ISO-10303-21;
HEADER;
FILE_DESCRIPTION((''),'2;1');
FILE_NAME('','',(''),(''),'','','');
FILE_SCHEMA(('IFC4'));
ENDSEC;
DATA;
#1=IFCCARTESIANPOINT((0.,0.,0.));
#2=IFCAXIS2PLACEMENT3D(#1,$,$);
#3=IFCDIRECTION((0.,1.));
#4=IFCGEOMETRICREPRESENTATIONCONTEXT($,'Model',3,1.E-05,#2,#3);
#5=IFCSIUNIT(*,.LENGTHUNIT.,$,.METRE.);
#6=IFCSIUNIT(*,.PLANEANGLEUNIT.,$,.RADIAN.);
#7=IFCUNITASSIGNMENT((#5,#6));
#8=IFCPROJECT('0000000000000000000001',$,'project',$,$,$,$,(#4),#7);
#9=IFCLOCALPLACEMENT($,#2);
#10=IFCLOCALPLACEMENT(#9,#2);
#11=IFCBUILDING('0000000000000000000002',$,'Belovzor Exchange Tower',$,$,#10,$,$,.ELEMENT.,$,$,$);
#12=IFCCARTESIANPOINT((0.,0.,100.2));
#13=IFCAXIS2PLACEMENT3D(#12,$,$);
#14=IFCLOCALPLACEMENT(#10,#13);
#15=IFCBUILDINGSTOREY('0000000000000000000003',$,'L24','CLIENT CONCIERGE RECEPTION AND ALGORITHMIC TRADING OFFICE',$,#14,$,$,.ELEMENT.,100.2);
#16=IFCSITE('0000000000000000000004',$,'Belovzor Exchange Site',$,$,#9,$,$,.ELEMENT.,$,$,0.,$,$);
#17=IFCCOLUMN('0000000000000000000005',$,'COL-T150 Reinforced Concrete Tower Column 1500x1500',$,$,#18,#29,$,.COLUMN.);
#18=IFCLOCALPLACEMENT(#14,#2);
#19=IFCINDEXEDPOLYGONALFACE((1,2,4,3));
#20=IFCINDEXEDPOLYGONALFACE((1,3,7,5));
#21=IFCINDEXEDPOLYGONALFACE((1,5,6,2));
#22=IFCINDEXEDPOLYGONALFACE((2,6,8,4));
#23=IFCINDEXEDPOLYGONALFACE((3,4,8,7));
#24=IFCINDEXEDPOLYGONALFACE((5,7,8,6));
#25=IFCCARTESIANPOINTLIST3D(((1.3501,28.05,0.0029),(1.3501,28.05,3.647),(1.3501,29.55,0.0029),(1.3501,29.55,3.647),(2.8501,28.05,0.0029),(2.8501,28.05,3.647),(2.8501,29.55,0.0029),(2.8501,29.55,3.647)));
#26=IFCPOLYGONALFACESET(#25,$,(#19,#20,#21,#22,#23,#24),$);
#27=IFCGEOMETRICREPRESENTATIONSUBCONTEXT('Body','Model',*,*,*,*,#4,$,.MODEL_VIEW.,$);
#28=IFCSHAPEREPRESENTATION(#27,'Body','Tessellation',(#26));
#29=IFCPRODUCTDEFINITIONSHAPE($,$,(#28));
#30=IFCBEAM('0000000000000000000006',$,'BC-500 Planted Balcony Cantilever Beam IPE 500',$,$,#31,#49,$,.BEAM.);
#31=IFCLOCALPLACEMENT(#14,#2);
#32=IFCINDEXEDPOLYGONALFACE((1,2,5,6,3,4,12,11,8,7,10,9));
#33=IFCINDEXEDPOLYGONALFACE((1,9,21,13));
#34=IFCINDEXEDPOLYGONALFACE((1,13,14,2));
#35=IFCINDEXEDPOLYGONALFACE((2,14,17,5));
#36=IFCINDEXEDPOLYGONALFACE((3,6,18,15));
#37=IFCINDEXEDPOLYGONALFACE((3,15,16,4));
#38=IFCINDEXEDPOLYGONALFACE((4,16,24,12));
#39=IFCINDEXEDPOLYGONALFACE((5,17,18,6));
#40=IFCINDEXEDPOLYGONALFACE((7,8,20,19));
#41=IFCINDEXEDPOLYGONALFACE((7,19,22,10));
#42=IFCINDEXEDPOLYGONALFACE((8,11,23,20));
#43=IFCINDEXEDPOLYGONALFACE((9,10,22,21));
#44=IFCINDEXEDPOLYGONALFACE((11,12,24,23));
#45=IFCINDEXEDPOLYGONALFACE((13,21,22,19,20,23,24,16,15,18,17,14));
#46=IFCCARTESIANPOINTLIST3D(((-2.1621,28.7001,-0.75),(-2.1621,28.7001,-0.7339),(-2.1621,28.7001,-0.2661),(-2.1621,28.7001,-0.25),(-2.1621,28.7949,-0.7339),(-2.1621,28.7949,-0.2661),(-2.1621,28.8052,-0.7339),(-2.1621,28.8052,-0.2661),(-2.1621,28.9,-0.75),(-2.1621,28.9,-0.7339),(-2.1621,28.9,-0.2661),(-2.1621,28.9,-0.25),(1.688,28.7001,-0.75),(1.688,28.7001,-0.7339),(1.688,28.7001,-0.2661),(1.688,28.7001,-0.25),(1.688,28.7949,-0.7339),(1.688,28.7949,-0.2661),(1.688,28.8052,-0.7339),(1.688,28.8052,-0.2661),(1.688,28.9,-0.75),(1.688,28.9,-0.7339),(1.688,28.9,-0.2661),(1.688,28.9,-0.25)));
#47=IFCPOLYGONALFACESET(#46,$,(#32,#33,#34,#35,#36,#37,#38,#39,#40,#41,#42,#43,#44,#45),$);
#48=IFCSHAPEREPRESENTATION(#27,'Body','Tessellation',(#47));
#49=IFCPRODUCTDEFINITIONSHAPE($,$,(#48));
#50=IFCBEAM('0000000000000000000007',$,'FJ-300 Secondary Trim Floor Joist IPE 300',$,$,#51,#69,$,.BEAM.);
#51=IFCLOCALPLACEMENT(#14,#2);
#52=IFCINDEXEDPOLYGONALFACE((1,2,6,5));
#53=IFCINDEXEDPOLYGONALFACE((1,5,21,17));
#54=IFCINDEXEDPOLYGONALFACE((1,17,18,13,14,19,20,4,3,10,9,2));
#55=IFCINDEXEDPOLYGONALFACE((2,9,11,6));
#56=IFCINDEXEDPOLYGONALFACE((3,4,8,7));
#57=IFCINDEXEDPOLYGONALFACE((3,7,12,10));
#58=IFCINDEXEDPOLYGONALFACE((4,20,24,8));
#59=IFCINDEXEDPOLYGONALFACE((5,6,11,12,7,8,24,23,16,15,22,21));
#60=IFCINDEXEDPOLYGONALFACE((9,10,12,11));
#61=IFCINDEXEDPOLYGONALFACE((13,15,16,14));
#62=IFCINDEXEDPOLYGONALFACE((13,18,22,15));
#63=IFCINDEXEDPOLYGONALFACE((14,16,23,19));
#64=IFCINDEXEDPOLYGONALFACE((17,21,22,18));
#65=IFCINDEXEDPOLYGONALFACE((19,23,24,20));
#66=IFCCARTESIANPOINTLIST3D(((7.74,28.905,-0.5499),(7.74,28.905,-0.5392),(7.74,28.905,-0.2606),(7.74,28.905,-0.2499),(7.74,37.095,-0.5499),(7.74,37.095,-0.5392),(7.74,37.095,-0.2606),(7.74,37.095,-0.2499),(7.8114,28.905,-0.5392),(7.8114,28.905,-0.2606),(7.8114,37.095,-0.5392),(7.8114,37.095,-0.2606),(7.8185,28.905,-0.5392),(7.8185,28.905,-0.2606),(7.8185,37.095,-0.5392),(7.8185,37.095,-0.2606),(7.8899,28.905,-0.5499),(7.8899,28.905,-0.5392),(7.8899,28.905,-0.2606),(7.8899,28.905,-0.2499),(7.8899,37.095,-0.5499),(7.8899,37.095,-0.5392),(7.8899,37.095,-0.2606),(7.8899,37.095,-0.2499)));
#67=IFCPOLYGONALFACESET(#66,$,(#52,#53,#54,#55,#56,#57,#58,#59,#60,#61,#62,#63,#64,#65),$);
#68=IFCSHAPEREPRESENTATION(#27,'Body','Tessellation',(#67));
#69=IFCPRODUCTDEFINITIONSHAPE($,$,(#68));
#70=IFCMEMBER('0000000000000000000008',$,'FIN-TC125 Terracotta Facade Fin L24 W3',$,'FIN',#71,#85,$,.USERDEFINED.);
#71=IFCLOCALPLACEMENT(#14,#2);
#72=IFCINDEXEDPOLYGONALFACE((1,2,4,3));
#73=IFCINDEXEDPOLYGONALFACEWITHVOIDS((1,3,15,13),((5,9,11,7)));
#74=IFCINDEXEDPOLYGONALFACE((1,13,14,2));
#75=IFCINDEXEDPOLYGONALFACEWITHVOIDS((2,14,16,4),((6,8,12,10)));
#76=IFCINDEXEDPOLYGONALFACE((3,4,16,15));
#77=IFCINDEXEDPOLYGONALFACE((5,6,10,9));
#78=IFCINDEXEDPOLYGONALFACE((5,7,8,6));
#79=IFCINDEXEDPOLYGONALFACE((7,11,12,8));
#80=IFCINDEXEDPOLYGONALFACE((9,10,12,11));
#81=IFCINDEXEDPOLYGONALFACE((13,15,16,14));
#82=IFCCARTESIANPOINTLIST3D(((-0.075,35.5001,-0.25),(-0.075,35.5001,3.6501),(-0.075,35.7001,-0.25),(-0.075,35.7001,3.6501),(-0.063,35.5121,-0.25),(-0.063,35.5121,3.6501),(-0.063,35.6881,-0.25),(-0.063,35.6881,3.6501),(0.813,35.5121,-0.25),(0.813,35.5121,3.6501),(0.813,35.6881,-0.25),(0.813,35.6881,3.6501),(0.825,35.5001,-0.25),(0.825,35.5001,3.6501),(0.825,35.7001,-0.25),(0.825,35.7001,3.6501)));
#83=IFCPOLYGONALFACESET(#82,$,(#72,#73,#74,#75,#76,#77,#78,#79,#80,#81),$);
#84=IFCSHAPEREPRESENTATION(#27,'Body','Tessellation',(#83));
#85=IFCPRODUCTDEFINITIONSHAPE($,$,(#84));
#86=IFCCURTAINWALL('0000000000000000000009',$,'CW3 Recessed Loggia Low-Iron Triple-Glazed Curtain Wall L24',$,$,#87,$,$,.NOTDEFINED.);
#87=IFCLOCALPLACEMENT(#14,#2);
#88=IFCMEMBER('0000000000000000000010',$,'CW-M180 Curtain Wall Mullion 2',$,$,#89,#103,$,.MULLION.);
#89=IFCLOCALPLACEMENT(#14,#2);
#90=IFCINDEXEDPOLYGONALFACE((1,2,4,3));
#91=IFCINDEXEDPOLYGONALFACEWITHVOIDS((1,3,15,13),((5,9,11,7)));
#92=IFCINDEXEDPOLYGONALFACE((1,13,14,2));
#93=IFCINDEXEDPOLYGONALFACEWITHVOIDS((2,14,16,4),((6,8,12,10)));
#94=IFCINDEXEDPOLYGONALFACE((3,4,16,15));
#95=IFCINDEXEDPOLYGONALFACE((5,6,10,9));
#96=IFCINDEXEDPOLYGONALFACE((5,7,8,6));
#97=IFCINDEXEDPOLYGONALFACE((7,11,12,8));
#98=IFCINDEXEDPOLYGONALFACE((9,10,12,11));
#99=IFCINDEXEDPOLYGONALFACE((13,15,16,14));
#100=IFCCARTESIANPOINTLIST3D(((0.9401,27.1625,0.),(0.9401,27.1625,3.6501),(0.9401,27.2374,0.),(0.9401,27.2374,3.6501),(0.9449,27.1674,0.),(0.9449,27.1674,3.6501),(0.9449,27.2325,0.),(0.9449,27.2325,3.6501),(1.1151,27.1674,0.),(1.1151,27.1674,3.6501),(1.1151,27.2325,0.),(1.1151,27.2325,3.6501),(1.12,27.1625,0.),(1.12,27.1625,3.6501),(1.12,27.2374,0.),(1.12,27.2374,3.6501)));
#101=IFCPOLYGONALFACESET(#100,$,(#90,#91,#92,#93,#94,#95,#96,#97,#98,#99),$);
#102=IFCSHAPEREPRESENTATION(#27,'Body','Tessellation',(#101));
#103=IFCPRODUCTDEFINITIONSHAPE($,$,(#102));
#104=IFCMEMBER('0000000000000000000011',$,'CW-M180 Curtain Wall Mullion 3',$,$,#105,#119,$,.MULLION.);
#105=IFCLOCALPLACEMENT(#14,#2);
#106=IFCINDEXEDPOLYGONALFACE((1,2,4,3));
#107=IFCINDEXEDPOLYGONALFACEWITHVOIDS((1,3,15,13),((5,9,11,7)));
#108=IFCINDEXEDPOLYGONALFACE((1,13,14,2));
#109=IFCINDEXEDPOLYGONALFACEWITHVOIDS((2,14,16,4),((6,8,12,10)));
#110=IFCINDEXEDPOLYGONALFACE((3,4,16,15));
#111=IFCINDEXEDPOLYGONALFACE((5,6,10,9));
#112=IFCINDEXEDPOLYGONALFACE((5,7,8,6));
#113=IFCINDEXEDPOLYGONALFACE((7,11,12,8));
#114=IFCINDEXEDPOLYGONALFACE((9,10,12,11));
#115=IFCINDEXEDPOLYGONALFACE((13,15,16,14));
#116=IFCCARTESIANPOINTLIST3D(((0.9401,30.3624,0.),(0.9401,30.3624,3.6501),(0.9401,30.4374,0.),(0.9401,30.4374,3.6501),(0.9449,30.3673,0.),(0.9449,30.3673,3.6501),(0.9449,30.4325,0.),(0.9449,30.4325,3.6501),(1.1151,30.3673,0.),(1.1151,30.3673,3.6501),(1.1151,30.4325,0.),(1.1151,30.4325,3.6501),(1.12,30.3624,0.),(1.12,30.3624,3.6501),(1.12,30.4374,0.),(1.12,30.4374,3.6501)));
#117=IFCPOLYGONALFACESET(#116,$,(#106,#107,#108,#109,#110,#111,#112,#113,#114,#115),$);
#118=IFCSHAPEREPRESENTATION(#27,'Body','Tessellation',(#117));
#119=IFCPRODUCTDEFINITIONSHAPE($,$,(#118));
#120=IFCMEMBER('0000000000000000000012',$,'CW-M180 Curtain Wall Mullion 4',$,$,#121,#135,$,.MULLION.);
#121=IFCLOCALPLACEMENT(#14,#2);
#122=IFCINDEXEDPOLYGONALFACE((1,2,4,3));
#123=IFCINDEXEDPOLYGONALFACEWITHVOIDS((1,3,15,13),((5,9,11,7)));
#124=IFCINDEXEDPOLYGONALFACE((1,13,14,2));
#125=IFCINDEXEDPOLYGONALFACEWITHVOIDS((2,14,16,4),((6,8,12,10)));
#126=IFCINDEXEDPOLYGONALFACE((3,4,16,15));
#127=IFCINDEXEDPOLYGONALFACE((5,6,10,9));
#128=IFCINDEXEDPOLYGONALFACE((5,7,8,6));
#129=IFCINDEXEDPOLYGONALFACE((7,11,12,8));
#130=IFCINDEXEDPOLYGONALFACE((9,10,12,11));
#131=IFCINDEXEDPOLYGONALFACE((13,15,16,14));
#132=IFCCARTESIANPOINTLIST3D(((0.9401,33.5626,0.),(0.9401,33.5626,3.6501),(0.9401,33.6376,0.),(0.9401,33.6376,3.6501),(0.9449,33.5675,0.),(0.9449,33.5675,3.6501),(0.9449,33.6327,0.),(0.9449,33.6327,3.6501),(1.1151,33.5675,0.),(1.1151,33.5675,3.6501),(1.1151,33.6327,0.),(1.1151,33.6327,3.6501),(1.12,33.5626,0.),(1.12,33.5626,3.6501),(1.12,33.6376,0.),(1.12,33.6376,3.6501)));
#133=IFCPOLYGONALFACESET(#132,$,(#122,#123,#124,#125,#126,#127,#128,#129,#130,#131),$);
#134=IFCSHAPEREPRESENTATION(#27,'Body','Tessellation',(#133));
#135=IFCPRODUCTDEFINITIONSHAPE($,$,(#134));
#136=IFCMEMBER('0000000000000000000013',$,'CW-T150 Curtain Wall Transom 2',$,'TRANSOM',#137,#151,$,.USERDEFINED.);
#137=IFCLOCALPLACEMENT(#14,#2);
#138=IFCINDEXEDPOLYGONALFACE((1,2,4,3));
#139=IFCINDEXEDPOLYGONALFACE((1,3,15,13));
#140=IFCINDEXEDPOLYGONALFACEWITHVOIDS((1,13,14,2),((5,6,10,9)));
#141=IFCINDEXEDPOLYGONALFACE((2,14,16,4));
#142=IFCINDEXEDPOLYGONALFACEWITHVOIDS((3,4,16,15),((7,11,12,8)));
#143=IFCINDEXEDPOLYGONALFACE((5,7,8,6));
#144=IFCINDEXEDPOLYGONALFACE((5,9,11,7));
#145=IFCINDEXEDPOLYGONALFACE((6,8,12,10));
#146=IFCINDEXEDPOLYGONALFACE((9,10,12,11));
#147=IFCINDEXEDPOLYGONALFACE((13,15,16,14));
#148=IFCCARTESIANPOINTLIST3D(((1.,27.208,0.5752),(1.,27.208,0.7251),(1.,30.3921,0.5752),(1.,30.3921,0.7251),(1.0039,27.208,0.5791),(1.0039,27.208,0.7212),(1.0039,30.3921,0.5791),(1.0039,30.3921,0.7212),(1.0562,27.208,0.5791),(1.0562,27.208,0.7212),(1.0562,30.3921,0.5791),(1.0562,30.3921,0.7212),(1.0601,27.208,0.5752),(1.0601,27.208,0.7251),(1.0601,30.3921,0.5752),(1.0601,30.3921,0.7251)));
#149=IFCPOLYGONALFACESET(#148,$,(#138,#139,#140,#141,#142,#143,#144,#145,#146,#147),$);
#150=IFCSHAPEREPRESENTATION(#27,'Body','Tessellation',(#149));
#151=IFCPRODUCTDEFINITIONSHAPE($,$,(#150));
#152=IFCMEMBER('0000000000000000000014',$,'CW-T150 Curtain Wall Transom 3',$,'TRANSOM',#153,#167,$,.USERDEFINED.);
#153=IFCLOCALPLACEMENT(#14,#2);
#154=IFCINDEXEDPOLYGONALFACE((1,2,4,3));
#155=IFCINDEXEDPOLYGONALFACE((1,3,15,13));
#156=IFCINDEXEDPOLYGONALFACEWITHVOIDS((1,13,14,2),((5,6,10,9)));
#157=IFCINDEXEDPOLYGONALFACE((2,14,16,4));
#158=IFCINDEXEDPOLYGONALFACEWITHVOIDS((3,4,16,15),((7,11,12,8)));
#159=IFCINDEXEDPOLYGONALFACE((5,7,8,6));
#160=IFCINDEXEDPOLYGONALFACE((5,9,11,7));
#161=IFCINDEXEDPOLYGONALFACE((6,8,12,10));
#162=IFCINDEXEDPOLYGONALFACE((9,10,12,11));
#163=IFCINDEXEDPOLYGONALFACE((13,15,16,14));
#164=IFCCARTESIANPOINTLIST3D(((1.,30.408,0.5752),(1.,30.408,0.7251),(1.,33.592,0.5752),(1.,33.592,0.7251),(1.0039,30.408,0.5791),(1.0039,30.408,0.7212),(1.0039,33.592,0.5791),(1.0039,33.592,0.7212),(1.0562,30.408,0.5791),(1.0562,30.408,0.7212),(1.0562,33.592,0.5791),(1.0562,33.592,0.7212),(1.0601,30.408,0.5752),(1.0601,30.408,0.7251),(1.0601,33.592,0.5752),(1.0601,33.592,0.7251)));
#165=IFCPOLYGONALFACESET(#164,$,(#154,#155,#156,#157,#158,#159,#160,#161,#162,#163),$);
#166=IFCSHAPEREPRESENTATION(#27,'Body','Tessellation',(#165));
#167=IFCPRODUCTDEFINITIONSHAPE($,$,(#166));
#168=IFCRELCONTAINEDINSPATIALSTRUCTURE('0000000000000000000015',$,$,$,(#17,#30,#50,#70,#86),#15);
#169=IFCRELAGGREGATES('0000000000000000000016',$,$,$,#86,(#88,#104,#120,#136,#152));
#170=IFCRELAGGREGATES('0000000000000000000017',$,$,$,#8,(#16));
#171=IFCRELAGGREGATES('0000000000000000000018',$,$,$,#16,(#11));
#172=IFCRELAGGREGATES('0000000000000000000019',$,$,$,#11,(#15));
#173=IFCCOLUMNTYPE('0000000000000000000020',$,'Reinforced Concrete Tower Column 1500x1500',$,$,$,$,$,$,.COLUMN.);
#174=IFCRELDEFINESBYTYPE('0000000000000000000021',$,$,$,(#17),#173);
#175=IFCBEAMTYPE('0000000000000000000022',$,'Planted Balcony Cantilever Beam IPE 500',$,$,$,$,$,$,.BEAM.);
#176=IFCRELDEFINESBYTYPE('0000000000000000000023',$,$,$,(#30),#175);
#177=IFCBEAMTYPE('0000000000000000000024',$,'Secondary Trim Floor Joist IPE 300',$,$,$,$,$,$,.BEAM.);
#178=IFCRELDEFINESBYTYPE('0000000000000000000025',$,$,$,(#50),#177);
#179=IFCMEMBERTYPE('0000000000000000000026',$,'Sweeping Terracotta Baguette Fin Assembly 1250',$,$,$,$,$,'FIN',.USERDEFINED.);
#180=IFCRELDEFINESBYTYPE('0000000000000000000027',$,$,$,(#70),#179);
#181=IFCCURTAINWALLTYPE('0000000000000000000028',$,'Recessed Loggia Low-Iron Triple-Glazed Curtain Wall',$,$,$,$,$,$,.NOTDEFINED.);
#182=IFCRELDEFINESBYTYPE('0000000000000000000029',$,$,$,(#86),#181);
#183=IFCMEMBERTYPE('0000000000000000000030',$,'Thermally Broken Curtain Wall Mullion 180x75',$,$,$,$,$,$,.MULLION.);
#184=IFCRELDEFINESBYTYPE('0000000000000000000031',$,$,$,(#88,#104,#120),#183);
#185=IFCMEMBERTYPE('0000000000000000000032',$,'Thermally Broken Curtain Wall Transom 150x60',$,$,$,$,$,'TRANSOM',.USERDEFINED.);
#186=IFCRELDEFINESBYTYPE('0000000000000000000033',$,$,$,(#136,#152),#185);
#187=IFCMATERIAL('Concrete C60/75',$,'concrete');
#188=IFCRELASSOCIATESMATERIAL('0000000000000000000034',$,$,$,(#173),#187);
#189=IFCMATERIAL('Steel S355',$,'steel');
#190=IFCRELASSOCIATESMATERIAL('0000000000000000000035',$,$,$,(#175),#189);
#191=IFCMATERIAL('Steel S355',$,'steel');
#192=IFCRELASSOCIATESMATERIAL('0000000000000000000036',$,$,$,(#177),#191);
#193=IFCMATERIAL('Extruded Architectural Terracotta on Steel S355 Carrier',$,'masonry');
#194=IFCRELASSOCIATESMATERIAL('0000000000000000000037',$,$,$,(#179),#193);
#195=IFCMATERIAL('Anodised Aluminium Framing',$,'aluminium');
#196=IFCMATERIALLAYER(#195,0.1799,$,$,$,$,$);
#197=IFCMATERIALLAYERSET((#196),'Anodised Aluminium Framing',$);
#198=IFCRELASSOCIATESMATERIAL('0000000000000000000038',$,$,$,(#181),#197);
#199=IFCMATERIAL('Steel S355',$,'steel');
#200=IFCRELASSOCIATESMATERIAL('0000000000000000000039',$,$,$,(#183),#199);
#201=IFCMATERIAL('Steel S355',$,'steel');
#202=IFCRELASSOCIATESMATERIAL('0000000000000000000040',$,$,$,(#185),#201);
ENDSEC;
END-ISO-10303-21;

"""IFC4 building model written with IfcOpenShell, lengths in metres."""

from ifc_helpers import new_model, si_unit, direction, frame, origin, origin_2d, place, context, subcontext, project, spatial, rectangle, hollow_rectangle, i_section, extrude, material, layer, layer_set, material_profile, profile_set, type_object, element, aggregate, save


model = new_model("IFC4")

# Units and contexts
model_context = context("Model", 3, precision=1e-05, world=origin(), true_north=direction((0.0, 1.0)))
body_context = subcontext(model_context, "Body", "Model", "MODEL_VIEW")
ifc_project = project(units=[si_unit("LENGTHUNIT", "METRE"), si_unit("PLANEANGLEUNIT", "RADIAN")], contexts=[model_context])

# Site, building, storey
site_placement = place(None, origin())
site = spatial("IfcSite", under=ifc_project, at=site_placement, Name="Belovzor Exchange Site", CompositionType="ELEMENT", RefElevation=0.0)
building_placement = place(site_placement, origin())
building = spatial("IfcBuilding", under=site, at=building_placement, Name="Belovzor Exchange Tower", CompositionType="ELEMENT")
storey_placement = place(building_placement, frame((0.0, 0.0, 100.2)))
storey = spatial("IfcBuildingStorey", under=building, at=storey_placement, Name="L24", Description="CLIENT CONCIERGE RECEPTION AND ALGORITHMIC TRADING OFFICE", CompositionType="ELEMENT", Elevation=100.2)

# Column
ifc_material_1 = material(Name="Concrete C60/75", Category="concrete")
ifc_material_profile_1 = material_profile(ifc_material_1, rectangle(XDim=1.5, YDim=1.5, at=origin_2d()))
ifc_profile_set_1 = profile_set([ifc_material_profile_1], Name="Concrete C60/75")
column_type = type_object("IfcColumnType", Name="Reinforced Concrete Tower Column 1500x1500", PredefinedType="COLUMN", material=ifc_profile_set_1)
column_placement = place(storey_placement, frame((2.1001, 28.8, 0.0029), z_axis=(0.0, 0.0, 1.0), x_axis=(1.0, 0.0, 0.0)))
element("IfcColumn", 1, at=column_placement, inside=storey, type_object=column_type, Name="COL-T150 Reinforced Concrete Tower Column 1500x1500", PredefinedType="COLUMN", context=body_context, shape_type="SweptSolid", body=[
    extrude(rectangle(XDim=1.5, YDim=1.5, at=origin_2d()), origin(), (0.0, 0.0, 1.0), 3.644),
])

# Beams
ifc_material_2 = material(Name="Steel S355", Category="steel")
ifc_material_profile_2 = material_profile(ifc_material_2, i_section(OverallWidth=0.2, OverallDepth=0.5, WebThickness=0.0103, FlangeThickness=0.0161, at=origin_2d()))
ifc_profile_set_2 = profile_set([ifc_material_profile_2], Name="Steel S355")
beam_type_1 = type_object("IfcBeamType", Name="Planted Balcony Cantilever Beam IPE 500", PredefinedType="BEAM", material=ifc_profile_set_2)
beam_1_placement = place(storey_placement, frame((1.688, 28.8, -0.5), z_axis=(-1.0, 0.0, 0.0), x_axis=(0.0, -1.0, 0.0)))
element("IfcBeam", 2, at=beam_1_placement, inside=storey, type_object=beam_type_1, Name="BC-500 Planted Balcony Cantilever Beam IPE 500", PredefinedType="BEAM", context=body_context, shape_type="SweptSolid", body=[
    extrude(i_section(OverallWidth=0.2, OverallDepth=0.5, WebThickness=0.0103, FlangeThickness=0.0161, at=origin_2d()), origin(), (0.0, 0.0, 1.0), 3.8501),
])
ifc_material_3 = material(Name="Steel S355", Category="steel")
ifc_material_profile_3 = material_profile(ifc_material_3, i_section(OverallWidth=0.1499, OverallDepth=0.3, WebThickness=0.0071, FlangeThickness=0.0107, at=origin_2d()))
ifc_profile_set_3 = profile_set([ifc_material_profile_3], Name="Steel S355")
beam_type_2 = type_object("IfcBeamType", Name="Secondary Trim Floor Joist IPE 300", PredefinedType="BEAM", material=ifc_profile_set_3)
beam_2_placement = place(storey_placement, frame((7.8149, 28.905, -0.3999), z_axis=(0.0, 1.0, 0.0), x_axis=(-1.0, 0.0, 0.0)))
element("IfcBeam", 3, at=beam_2_placement, inside=storey, type_object=beam_type_2, Name="FJ-300 Secondary Trim Floor Joist IPE 300", PredefinedType="BEAM", context=body_context, shape_type="SweptSolid", body=[
    extrude(i_section(OverallWidth=0.1499, OverallDepth=0.3, WebThickness=0.0071, FlangeThickness=0.0107, at=origin_2d()), origin(), (0.0, 0.0, 1.0), 8.1899),
])

# Member
ifc_material_4 = material(Name="Extruded Architectural Terracotta on Steel S355 Carrier", Category="masonry")
ifc_material_profile_4 = material_profile(ifc_material_4, hollow_rectangle(XDim=0.2, YDim=0.8999, WallThickness=0.012, at=origin_2d()))
ifc_profile_set_4 = profile_set([ifc_material_profile_4], Name="Extruded Architectural Terracotta on Steel S355 Carrier")
member_type_1 = type_object("IfcMemberType", Name="Sweeping Terracotta Baguette Fin Assembly 1250", ElementType="FIN", PredefinedType="USERDEFINED", material=ifc_profile_set_4)
member_1_placement = place(storey_placement, frame((0.375, 35.6001, -0.25), z_axis=(0.0, 0.0, 1.0), x_axis=(0.0, 1.0, 0.0)))
element("IfcMember", 4, at=member_1_placement, inside=storey, type_object=member_type_1, Name="FIN-TC125 Terracotta Facade Fin L24 W3", ObjectType="FIN", PredefinedType="USERDEFINED", context=body_context, shape_type="SweptSolid", body=[
    extrude(hollow_rectangle(XDim=0.2, YDim=0.8999, WallThickness=0.012, at=origin_2d()), origin(), (0.0, 0.0, 1.0), 3.9001),
])

# Curtain wall, members
ifc_material_5 = material(Name="Anodised Aluminium Framing", Category="aluminium")
ifc_layer_1 = layer(ifc_material_5, 0.1799)
ifc_layer_set_1 = layer_set([ifc_layer_1], Name="Anodised Aluminium Framing")
curtain_wall_type = type_object("IfcCurtainWallType", Name="Recessed Loggia Low-Iron Triple-Glazed Curtain Wall", PredefinedType="NOTDEFINED", material=ifc_layer_set_1)
curtain_wall_placement = place(storey_placement, origin())
curtain_wall = element("IfcCurtainWall", 5, at=curtain_wall_placement, inside=storey, type_object=curtain_wall_type, Name="CW3 Recessed Loggia Low-Iron Triple-Glazed Curtain Wall L24", PredefinedType="NOTDEFINED")
ifc_material_6 = material(Name="Steel S355", Category="steel")
ifc_material_profile_5 = material_profile(ifc_material_6, hollow_rectangle(XDim=0.075, YDim=0.1799, WallThickness=0.0049, at=origin_2d()))
ifc_profile_set_5 = profile_set([ifc_material_profile_5], Name="Steel S355")
member_type_2 = type_object("IfcMemberType", Name="Thermally Broken Curtain Wall Mullion 180x75", PredefinedType="MULLION", material=ifc_profile_set_5)
member_2_placement = place(storey_placement, frame((1.03, 27.2, 0.0), z_axis=(0.0, 0.0, 1.0), x_axis=(0.0, 1.0, 0.0)))
member_2 = element("IfcMember", 6, at=member_2_placement, type_object=member_type_2, Name="CW-M180 Curtain Wall Mullion 2", PredefinedType="MULLION", context=body_context, shape_type="SweptSolid", body=[
    extrude(hollow_rectangle(XDim=0.075, YDim=0.1799, WallThickness=0.0049, at=origin_2d()), origin(), (0.0, 0.0, 1.0), 3.6501),
])
member_3_placement = place(storey_placement, frame((1.03, 30.3999, 0.0), z_axis=(0.0, 0.0, 1.0), x_axis=(0.0, 1.0, 0.0)))
member_3 = element("IfcMember", 7, at=member_3_placement, type_object=member_type_2, Name="CW-M180 Curtain Wall Mullion 3", PredefinedType="MULLION", context=body_context, shape_type="SweptSolid", body=[
    extrude(hollow_rectangle(XDim=0.075, YDim=0.1799, WallThickness=0.0049, at=origin_2d()), origin(), (0.0, 0.0, 1.0), 3.6501),
])
member_4_placement = place(storey_placement, frame((1.03, 33.6001, 0.0), z_axis=(0.0, 0.0, 1.0), x_axis=(0.0, 1.0, 0.0)))
member_4 = element("IfcMember", 8, at=member_4_placement, type_object=member_type_2, Name="CW-M180 Curtain Wall Mullion 4", PredefinedType="MULLION", context=body_context, shape_type="SweptSolid", body=[
    extrude(hollow_rectangle(XDim=0.075, YDim=0.1799, WallThickness=0.0049, at=origin_2d()), origin(), (0.0, 0.0, 1.0), 3.6501),
])
ifc_material_7 = material(Name="Steel S355", Category="steel")
ifc_material_profile_6 = material_profile(ifc_material_7, hollow_rectangle(XDim=0.0601, YDim=0.1499, WallThickness=0.0039, at=origin_2d()))
ifc_profile_set_6 = profile_set([ifc_material_profile_6], Name="Steel S355")
member_type_3 = type_object("IfcMemberType", Name="Thermally Broken Curtain Wall Transom 150x60", ElementType="TRANSOM", PredefinedType="USERDEFINED", material=ifc_profile_set_6)
member_5_placement = place(storey_placement, frame((1.03, 27.208, 0.6501), z_axis=(0.0, 1.0, 0.0), x_axis=(-1.0, 0.0, 0.0)))
member_5 = element("IfcMember", 9, at=member_5_placement, type_object=member_type_3, Name="CW-T150 Curtain Wall Transom 2", ObjectType="TRANSOM", PredefinedType="USERDEFINED", context=body_context, shape_type="SweptSolid", body=[
    extrude(hollow_rectangle(XDim=0.0601, YDim=0.1499, WallThickness=0.0039, at=origin_2d()), origin(), (0.0, 0.0, 1.0), 3.1841),
])
member_6_placement = place(storey_placement, frame((1.03, 30.408, 0.6501), z_axis=(0.0, 1.0, 0.0), x_axis=(-1.0, 0.0, 0.0)))
member_6 = element("IfcMember", 10, at=member_6_placement, type_object=member_type_3, Name="CW-T150 Curtain Wall Transom 3", ObjectType="TRANSOM", PredefinedType="USERDEFINED", context=body_context, shape_type="SweptSolid", body=[
    extrude(hollow_rectangle(XDim=0.0601, YDim=0.1499, WallThickness=0.0039, at=origin_2d()), origin(), (0.0, 0.0, 1.0), 3.1841),
])

aggregate(curtain_wall, [member_2, member_3, member_4, member_5, member_6])

save(model, "model.ifc")
